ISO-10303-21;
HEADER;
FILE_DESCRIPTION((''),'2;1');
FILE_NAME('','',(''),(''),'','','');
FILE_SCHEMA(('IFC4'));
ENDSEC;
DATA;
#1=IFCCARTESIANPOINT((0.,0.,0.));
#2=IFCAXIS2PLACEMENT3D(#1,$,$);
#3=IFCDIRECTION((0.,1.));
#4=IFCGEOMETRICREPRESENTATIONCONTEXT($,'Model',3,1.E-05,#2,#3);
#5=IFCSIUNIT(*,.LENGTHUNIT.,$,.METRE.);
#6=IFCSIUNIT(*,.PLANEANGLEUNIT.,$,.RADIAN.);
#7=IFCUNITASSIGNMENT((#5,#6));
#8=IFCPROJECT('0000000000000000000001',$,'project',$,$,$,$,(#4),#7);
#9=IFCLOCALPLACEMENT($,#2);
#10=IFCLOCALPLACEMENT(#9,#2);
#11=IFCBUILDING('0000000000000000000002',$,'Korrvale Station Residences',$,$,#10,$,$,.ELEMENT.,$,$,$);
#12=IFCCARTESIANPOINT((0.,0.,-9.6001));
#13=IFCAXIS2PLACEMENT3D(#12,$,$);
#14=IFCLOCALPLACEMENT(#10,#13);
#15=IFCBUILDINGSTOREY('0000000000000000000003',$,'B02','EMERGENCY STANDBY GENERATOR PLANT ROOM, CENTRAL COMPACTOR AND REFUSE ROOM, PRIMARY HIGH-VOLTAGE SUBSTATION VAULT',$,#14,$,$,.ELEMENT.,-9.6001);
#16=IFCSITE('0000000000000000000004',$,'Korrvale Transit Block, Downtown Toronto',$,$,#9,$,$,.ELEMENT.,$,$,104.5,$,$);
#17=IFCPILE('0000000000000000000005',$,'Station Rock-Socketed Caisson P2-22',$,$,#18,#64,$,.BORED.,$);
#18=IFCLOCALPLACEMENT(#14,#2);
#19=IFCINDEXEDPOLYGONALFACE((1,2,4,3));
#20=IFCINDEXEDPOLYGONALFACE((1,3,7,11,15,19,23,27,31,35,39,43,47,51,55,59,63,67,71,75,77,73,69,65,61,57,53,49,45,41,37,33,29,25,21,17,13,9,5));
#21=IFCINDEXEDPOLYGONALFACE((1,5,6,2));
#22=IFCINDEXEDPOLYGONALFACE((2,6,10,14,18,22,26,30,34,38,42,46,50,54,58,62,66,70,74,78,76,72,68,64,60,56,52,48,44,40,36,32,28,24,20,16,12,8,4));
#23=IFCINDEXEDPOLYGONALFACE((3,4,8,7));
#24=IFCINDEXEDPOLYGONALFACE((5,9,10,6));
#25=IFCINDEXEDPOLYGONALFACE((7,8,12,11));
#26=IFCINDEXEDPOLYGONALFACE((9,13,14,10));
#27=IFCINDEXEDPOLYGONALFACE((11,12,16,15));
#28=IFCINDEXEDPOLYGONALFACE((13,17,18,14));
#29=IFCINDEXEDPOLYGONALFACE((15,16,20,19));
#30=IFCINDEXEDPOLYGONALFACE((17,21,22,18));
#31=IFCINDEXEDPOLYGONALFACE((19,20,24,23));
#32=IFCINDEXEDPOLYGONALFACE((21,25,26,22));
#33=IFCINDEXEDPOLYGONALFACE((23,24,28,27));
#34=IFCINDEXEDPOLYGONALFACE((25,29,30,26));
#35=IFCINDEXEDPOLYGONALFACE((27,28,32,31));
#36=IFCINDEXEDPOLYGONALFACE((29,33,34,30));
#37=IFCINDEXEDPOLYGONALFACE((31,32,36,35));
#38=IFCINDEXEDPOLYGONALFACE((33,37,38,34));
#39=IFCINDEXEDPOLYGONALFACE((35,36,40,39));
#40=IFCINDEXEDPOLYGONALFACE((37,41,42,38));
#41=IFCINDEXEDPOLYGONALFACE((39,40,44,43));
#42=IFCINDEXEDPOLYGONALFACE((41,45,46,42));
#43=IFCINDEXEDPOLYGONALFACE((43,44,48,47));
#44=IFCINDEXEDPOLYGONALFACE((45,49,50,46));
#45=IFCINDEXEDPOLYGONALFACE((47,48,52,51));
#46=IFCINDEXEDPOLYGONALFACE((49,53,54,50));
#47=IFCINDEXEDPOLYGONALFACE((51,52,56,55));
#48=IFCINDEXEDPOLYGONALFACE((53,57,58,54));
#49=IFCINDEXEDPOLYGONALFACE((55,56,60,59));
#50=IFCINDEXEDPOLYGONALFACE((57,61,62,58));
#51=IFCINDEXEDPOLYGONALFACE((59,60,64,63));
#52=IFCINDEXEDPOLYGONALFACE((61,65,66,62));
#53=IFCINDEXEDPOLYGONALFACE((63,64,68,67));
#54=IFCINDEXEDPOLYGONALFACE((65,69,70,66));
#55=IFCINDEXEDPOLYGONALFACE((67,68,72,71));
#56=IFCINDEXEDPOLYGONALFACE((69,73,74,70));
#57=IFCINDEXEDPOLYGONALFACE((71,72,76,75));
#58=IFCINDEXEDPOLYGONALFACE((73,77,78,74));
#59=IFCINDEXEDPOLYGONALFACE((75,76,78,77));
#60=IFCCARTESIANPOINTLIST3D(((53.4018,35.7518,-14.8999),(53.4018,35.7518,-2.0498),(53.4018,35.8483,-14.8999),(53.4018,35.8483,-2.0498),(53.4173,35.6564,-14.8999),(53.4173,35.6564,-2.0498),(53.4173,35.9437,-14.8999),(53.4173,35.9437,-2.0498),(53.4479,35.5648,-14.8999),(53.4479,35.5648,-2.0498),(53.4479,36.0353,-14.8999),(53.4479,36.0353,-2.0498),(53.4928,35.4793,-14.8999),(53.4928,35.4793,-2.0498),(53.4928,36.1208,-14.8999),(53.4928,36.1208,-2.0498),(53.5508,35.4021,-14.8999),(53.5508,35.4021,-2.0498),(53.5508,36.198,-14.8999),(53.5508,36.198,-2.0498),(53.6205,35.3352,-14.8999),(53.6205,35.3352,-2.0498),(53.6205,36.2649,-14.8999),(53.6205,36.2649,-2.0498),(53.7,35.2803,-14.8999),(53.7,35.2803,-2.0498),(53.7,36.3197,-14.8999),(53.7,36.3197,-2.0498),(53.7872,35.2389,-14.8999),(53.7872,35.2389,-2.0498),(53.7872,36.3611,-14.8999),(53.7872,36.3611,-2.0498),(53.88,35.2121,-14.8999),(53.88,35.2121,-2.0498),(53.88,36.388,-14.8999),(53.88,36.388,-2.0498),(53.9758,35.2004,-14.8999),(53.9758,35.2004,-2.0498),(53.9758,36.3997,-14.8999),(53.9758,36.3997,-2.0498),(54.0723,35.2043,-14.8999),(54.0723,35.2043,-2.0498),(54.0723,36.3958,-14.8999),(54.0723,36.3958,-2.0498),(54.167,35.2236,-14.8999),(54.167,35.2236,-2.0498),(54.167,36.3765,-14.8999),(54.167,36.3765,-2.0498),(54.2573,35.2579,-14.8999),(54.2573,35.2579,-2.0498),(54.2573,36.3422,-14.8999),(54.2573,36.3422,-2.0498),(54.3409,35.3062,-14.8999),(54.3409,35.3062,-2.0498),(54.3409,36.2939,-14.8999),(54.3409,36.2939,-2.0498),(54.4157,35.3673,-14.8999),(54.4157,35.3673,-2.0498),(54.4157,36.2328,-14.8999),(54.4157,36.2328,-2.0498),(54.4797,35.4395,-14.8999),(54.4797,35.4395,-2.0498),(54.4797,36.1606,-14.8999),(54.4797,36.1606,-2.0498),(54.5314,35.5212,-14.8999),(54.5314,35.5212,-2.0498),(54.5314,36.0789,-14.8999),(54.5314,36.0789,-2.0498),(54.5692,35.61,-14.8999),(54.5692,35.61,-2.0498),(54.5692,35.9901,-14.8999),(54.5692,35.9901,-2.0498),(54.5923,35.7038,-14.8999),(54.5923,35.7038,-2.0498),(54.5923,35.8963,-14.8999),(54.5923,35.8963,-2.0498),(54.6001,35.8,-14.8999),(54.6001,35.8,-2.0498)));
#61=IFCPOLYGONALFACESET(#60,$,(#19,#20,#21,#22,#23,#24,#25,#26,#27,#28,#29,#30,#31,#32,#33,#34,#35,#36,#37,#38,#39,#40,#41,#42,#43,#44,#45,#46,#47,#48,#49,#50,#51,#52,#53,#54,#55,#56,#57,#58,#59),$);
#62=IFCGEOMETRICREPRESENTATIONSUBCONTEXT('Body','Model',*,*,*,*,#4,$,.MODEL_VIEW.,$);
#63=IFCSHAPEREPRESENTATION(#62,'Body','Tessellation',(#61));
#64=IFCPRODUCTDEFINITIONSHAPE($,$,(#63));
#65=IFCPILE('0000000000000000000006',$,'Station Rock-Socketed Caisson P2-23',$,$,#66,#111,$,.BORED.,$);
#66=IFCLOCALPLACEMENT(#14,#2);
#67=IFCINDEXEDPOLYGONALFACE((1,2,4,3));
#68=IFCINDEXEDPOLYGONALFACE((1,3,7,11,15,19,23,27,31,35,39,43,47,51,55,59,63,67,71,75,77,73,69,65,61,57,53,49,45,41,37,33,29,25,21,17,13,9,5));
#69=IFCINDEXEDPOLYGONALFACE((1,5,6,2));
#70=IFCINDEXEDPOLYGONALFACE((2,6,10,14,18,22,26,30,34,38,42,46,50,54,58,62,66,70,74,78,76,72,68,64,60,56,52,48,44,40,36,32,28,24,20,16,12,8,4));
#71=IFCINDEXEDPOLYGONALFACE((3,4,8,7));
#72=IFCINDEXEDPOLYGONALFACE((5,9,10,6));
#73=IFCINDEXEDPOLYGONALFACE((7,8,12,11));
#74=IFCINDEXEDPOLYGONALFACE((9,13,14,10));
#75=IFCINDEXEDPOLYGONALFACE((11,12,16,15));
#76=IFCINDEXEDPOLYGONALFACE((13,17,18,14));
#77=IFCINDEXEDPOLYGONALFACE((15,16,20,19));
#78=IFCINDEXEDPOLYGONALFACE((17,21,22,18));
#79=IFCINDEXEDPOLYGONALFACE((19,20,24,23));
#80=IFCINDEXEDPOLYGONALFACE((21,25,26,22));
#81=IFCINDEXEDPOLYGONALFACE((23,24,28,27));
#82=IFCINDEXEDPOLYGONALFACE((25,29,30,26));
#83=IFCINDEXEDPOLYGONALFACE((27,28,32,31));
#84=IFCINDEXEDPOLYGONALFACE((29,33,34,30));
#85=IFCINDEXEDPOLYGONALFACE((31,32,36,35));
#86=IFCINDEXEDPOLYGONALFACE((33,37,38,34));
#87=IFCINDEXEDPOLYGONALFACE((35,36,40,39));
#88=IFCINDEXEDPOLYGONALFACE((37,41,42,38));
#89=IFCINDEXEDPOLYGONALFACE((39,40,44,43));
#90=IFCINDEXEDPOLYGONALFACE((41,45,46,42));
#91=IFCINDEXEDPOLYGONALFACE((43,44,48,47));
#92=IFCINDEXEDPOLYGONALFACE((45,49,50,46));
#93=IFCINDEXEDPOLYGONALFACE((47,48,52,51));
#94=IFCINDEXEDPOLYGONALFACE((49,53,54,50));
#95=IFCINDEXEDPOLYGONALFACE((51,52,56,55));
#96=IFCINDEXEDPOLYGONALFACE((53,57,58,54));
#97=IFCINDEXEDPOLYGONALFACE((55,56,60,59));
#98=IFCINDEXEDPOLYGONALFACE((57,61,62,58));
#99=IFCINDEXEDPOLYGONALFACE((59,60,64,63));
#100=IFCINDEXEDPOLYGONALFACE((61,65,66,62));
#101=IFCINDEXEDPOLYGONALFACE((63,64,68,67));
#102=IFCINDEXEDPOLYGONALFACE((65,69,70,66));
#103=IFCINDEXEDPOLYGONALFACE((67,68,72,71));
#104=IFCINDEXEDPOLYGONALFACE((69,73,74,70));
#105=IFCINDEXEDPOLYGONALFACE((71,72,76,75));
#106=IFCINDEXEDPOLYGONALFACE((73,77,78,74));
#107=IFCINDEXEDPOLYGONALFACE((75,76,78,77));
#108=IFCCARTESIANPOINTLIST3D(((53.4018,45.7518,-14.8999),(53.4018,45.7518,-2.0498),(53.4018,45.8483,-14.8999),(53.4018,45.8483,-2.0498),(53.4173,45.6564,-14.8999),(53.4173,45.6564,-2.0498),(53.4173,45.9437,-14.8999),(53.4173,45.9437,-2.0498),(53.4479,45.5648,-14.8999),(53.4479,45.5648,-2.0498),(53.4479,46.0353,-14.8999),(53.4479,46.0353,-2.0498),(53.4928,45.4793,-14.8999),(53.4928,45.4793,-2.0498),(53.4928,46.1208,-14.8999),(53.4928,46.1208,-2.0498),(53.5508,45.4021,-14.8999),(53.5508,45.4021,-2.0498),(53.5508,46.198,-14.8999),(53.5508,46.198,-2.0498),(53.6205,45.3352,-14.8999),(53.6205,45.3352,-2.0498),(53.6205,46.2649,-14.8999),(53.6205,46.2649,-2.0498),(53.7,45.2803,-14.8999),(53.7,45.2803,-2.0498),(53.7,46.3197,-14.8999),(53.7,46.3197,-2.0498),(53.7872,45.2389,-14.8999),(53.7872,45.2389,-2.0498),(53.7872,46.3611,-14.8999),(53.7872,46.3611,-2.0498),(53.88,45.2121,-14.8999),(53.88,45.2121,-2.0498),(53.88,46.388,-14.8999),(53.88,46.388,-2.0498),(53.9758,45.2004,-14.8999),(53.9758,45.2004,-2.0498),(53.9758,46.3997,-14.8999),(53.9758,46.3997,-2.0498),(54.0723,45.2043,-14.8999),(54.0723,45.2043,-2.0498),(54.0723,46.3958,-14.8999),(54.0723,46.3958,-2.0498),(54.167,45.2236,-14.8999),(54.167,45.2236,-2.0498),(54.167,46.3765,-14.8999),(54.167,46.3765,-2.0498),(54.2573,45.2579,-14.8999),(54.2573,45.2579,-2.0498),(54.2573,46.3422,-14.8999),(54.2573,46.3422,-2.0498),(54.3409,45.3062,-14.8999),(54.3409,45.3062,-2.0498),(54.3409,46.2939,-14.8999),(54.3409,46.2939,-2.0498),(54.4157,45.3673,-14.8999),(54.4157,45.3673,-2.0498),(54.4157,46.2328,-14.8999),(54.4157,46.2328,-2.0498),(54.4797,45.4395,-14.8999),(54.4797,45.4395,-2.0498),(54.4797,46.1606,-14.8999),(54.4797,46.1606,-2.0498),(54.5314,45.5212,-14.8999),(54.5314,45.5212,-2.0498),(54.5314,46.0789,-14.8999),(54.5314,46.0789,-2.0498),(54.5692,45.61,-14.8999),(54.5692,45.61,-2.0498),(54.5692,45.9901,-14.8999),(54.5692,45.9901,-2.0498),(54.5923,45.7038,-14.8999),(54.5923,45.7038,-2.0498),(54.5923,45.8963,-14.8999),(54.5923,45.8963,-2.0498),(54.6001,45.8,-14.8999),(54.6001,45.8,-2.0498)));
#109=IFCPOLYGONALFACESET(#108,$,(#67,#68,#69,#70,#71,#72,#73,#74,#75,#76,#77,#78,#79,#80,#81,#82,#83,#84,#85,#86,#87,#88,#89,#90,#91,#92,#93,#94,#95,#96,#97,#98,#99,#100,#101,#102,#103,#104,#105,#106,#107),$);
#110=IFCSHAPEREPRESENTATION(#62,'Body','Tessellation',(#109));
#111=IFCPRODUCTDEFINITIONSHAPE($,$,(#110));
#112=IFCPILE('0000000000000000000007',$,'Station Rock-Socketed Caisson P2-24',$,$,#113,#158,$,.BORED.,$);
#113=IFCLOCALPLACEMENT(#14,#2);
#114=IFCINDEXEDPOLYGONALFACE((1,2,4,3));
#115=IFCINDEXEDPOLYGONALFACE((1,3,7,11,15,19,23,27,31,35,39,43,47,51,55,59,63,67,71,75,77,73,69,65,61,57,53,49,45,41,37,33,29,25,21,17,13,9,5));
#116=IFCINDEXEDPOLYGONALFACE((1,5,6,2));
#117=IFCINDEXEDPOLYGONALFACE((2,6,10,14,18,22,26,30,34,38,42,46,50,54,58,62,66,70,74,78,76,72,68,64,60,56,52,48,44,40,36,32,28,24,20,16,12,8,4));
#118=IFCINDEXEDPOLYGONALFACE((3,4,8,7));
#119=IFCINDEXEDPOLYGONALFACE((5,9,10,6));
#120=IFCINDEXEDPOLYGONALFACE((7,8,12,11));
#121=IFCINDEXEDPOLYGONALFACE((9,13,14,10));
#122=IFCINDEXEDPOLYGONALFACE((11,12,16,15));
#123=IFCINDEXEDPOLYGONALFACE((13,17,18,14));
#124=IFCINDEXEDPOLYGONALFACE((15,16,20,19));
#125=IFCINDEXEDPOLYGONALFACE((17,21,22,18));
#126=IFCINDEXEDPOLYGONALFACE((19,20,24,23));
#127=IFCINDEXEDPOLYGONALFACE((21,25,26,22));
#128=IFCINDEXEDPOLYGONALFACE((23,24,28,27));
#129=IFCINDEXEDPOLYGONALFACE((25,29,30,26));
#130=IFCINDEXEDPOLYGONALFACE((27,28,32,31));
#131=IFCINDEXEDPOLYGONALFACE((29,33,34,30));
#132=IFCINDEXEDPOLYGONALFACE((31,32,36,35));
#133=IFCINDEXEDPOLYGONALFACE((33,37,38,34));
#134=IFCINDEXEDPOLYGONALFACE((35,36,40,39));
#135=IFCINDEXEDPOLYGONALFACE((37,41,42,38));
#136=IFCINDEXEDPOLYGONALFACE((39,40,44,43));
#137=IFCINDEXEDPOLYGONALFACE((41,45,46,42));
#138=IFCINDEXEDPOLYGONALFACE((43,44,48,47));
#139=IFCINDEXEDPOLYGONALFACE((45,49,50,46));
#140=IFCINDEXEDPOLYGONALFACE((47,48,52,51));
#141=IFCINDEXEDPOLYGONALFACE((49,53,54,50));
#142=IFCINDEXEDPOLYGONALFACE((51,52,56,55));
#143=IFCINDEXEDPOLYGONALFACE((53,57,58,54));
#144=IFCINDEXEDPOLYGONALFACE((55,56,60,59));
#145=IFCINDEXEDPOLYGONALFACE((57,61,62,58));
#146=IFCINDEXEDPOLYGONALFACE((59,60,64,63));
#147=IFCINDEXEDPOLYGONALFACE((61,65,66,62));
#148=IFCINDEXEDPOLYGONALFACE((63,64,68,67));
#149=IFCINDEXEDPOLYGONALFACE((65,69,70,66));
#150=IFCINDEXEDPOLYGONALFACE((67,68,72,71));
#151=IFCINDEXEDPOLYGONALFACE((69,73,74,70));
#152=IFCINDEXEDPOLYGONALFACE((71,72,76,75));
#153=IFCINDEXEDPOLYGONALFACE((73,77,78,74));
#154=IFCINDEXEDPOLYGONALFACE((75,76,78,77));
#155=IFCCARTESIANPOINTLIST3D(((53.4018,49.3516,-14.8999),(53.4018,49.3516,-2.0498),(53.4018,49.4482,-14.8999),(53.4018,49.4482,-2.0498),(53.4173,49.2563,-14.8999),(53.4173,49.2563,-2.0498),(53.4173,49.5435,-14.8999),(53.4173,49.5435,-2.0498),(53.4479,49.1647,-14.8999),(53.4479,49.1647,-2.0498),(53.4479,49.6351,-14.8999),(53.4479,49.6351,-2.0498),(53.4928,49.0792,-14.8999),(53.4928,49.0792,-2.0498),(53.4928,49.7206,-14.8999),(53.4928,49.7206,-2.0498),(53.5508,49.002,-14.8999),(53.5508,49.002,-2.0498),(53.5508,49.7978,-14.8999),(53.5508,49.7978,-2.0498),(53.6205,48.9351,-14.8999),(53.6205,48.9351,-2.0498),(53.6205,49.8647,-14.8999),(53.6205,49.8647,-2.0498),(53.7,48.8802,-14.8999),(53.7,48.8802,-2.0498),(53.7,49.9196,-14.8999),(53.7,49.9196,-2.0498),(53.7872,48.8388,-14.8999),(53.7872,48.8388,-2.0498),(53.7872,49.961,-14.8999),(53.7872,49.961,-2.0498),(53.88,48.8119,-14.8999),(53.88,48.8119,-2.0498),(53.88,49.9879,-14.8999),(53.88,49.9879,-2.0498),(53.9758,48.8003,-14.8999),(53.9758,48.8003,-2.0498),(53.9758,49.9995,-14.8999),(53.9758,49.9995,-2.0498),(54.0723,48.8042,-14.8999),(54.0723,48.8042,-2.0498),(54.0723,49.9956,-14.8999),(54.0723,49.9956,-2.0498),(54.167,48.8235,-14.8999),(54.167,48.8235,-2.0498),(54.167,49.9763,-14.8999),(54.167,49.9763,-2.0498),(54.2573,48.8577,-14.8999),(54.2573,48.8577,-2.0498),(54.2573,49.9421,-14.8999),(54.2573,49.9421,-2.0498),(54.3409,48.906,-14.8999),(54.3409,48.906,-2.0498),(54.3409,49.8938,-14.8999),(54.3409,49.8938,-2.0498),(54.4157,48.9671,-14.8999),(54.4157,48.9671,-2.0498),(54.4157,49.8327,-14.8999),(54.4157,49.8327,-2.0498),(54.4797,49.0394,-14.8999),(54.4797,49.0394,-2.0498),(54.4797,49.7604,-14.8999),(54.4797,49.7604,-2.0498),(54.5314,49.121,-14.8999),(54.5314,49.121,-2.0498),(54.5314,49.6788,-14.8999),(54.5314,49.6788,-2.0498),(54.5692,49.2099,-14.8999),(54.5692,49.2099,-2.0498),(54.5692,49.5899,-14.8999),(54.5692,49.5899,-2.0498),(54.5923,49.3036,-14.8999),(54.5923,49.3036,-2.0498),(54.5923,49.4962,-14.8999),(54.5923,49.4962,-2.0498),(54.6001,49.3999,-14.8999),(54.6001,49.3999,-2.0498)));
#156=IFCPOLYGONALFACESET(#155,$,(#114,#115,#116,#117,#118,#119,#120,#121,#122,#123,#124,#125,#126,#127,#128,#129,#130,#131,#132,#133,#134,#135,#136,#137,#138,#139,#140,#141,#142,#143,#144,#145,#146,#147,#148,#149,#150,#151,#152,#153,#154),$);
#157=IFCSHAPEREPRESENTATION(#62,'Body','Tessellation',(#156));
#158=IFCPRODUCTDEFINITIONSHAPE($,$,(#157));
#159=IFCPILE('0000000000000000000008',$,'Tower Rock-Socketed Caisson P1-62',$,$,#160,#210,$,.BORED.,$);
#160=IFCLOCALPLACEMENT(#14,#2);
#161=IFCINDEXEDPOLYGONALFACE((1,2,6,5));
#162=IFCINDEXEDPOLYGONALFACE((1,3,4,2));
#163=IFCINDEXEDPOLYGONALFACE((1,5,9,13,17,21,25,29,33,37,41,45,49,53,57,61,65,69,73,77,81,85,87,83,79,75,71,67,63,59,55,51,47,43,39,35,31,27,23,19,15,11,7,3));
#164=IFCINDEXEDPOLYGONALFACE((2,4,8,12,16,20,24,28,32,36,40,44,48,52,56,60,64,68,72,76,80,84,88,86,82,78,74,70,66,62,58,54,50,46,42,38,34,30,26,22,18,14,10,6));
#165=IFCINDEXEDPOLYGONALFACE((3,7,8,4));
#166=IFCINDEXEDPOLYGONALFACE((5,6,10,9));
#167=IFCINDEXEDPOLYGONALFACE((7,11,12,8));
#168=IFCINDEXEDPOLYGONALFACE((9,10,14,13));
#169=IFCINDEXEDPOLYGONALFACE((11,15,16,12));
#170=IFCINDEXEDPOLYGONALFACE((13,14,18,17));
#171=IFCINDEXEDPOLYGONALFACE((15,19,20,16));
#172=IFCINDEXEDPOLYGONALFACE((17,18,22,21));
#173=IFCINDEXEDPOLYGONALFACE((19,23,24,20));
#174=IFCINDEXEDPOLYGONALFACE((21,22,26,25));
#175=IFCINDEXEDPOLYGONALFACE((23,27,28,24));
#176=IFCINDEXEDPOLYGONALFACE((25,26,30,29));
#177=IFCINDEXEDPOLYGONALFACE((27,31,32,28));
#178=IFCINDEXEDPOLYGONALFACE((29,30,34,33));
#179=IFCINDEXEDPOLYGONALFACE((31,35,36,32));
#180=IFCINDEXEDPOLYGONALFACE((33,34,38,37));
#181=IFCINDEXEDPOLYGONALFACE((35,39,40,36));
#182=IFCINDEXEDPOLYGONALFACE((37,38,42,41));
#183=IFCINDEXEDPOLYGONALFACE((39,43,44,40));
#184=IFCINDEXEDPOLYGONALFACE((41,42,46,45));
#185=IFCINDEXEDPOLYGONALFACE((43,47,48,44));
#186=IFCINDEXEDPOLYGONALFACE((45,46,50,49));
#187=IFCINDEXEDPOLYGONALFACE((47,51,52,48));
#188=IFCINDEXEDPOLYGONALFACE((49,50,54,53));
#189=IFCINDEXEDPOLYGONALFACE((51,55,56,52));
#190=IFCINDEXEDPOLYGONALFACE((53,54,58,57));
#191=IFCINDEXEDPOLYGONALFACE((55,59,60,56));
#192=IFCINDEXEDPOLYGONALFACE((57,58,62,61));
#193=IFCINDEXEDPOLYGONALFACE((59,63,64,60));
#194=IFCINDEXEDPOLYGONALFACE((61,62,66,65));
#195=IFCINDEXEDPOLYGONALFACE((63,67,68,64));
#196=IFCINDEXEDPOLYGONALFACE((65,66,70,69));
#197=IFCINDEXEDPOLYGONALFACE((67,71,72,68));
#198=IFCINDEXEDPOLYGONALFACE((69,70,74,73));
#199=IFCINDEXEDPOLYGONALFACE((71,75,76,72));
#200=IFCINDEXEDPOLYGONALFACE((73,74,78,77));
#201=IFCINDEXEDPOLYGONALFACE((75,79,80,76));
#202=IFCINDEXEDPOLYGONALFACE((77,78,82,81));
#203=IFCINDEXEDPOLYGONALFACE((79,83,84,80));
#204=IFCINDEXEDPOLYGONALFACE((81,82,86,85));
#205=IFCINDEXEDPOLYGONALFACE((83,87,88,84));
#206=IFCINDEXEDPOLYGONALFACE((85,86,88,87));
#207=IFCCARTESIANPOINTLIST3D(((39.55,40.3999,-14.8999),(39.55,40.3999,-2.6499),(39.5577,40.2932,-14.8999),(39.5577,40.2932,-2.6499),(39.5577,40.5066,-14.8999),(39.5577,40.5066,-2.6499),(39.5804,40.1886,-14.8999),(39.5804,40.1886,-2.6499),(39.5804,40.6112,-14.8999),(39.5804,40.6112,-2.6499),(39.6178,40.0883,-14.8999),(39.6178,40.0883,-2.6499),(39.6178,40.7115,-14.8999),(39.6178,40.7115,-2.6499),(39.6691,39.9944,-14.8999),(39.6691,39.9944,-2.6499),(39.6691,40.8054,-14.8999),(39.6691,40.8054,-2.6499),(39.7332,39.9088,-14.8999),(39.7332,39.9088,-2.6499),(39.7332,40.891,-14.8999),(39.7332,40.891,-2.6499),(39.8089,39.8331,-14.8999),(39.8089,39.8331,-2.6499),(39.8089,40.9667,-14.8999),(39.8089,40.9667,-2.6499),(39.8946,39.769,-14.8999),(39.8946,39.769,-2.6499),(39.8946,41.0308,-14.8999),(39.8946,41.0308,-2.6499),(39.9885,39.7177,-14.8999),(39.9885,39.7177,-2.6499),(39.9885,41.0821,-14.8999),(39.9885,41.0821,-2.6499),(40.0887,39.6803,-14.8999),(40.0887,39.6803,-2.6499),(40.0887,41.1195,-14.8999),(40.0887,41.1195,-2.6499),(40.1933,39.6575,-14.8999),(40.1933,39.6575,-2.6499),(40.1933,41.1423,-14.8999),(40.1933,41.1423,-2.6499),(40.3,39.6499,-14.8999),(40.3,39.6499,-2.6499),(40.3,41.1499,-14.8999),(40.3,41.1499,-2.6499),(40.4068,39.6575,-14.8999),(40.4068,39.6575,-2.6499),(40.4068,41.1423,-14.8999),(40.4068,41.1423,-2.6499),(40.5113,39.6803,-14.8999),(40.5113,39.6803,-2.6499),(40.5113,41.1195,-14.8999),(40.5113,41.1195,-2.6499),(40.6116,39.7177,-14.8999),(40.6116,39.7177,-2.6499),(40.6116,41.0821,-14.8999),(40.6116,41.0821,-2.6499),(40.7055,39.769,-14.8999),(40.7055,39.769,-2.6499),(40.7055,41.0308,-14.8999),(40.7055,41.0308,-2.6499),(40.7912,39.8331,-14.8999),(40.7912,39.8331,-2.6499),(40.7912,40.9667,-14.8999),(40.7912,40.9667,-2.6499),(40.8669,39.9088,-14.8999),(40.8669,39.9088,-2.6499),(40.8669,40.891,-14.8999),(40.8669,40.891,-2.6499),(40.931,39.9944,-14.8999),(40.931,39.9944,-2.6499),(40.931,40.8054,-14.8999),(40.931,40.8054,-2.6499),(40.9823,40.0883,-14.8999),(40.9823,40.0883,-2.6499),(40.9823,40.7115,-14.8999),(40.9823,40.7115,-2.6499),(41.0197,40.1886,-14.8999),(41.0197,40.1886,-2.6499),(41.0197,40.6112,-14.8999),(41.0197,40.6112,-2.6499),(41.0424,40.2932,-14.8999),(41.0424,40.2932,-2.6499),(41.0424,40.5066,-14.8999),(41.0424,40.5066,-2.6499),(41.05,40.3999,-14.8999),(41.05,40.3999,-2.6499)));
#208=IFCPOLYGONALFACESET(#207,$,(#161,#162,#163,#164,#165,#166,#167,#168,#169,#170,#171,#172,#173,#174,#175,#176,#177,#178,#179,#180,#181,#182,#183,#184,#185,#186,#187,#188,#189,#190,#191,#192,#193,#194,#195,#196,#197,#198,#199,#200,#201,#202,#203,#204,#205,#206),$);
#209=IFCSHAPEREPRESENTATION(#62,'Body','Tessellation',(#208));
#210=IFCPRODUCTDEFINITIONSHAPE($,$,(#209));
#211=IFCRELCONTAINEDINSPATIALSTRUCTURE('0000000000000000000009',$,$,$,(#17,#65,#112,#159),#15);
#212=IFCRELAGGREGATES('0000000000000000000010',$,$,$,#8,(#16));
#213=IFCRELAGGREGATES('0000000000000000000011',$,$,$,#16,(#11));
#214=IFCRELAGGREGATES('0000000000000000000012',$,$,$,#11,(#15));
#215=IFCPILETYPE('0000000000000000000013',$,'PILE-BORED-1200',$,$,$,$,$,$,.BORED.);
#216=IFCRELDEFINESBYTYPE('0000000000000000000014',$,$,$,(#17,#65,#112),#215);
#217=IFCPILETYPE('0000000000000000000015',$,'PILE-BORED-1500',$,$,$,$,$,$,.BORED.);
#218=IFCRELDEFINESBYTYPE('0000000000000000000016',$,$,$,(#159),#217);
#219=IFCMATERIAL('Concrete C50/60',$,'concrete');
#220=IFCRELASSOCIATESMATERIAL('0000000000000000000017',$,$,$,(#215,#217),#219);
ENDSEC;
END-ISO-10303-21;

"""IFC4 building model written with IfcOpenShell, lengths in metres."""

from ifc_helpers import new_model, si_unit, direction, frame, origin, origin_2d, place, context, subcontext, project, spatial, circle, extrude, material, material_profile, profile_set, type_object, element, save


model = new_model("IFC4")

# Units and contexts
model_context = context("Model", 3, precision=1e-05, world=origin(), true_north=direction((0.0, 1.0)))
body_context = subcontext(model_context, "Body", "Model", "MODEL_VIEW")
ifc_project = project(units=[si_unit("LENGTHUNIT", "METRE"), si_unit("PLANEANGLEUNIT", "RADIAN")], contexts=[model_context])

# Site, building, storey
site_placement = place(None, origin())
site = spatial("IfcSite", under=ifc_project, at=site_placement, Name="Korrvale Transit Block, Downtown Toronto", CompositionType="ELEMENT", RefElevation=104.5)
building_placement = place(site_placement, origin())
building = spatial("IfcBuilding", under=site, at=building_placement, Name="Korrvale Station Residences", CompositionType="ELEMENT")
storey_placement = place(building_placement, frame((0.0, 0.0, -9.6001)))
storey = spatial("IfcBuildingStorey", under=building, at=storey_placement, Name="B02", Description="EMERGENCY STANDBY GENERATOR PLANT ROOM, CENTRAL COMPACTOR AND REFUSE ROOM, PRIMARY HIGH-VOLTAGE SUBSTATION VAULT", CompositionType="ELEMENT", Elevation=-9.6001)

# Piles
ifc_material_1 = material(Name="Concrete C50/60", Category="concrete")
ifc_material_profile_1 = material_profile(ifc_material_1, circle(Radius=0.6001, at=origin_2d()), Name="PILE1200")
ifc_profile_set_1 = profile_set([ifc_material_profile_1], Name="Concrete C50/60")
pile_type_1 = type_object("IfcPileType", Name="PILE-BORED-1200", PredefinedType="BORED", material=ifc_profile_set_1)
for number, where, z_axis, x_axis, name in (
    (1, (54.0, 35.8, -2.0498), (0.0, 0.0, -1.0), (1.0, 0.0, 0.0), "Station Rock-Socketed Caisson P2-22"),
    (2, (54.0, 45.8, -2.0498), (0.0, 0.0, -1.0), (1.0, 0.0, 0.0), "Station Rock-Socketed Caisson P2-23"),
    (3, (54.0, 49.3999, -2.0498), (0.0, 0.0, -1.0), (1.0, 0.0, 0.0), "Station Rock-Socketed Caisson P2-24"),
):
    element("IfcPile", number, at=place(storey_placement, frame(where, z_axis=z_axis, x_axis=x_axis)), inside=storey, type_object=pile_type_1, Name=name, PredefinedType="BORED", context=body_context, shape_type="SweptSolid", body=[
        extrude(circle(Radius=0.6001, at=origin_2d()), origin(), (0.0, 0.0, 1.0), 12.8501),
    ])
ifc_material_profile_2 = material_profile(ifc_material_1, circle(Radius=0.75, at=origin_2d()), Name="PILE1500")
ifc_profile_set_2 = profile_set([ifc_material_profile_2], Name="Concrete C50/60")
pile_type_2 = type_object("IfcPileType", Name="PILE-BORED-1500", PredefinedType="BORED", material=ifc_profile_set_2)
for number, where, z_axis, x_axis, name in (
    (4, (40.3, 40.3999, -2.6499), (0.0, 0.0, -1.0), (1.0, 0.0, 0.0), "Tower Rock-Socketed Caisson P1-62"),
):
    element("IfcPile", number, at=place(storey_placement, frame(where, z_axis=z_axis, x_axis=x_axis)), inside=storey, type_object=pile_type_2, Name=name, PredefinedType="BORED", context=body_context, shape_type="SweptSolid", body=[
        extrude(circle(Radius=0.75, at=origin_2d()), origin(), (0.0, 0.0, 1.0), 12.25),
    ])

save(model, "model.ifc")
